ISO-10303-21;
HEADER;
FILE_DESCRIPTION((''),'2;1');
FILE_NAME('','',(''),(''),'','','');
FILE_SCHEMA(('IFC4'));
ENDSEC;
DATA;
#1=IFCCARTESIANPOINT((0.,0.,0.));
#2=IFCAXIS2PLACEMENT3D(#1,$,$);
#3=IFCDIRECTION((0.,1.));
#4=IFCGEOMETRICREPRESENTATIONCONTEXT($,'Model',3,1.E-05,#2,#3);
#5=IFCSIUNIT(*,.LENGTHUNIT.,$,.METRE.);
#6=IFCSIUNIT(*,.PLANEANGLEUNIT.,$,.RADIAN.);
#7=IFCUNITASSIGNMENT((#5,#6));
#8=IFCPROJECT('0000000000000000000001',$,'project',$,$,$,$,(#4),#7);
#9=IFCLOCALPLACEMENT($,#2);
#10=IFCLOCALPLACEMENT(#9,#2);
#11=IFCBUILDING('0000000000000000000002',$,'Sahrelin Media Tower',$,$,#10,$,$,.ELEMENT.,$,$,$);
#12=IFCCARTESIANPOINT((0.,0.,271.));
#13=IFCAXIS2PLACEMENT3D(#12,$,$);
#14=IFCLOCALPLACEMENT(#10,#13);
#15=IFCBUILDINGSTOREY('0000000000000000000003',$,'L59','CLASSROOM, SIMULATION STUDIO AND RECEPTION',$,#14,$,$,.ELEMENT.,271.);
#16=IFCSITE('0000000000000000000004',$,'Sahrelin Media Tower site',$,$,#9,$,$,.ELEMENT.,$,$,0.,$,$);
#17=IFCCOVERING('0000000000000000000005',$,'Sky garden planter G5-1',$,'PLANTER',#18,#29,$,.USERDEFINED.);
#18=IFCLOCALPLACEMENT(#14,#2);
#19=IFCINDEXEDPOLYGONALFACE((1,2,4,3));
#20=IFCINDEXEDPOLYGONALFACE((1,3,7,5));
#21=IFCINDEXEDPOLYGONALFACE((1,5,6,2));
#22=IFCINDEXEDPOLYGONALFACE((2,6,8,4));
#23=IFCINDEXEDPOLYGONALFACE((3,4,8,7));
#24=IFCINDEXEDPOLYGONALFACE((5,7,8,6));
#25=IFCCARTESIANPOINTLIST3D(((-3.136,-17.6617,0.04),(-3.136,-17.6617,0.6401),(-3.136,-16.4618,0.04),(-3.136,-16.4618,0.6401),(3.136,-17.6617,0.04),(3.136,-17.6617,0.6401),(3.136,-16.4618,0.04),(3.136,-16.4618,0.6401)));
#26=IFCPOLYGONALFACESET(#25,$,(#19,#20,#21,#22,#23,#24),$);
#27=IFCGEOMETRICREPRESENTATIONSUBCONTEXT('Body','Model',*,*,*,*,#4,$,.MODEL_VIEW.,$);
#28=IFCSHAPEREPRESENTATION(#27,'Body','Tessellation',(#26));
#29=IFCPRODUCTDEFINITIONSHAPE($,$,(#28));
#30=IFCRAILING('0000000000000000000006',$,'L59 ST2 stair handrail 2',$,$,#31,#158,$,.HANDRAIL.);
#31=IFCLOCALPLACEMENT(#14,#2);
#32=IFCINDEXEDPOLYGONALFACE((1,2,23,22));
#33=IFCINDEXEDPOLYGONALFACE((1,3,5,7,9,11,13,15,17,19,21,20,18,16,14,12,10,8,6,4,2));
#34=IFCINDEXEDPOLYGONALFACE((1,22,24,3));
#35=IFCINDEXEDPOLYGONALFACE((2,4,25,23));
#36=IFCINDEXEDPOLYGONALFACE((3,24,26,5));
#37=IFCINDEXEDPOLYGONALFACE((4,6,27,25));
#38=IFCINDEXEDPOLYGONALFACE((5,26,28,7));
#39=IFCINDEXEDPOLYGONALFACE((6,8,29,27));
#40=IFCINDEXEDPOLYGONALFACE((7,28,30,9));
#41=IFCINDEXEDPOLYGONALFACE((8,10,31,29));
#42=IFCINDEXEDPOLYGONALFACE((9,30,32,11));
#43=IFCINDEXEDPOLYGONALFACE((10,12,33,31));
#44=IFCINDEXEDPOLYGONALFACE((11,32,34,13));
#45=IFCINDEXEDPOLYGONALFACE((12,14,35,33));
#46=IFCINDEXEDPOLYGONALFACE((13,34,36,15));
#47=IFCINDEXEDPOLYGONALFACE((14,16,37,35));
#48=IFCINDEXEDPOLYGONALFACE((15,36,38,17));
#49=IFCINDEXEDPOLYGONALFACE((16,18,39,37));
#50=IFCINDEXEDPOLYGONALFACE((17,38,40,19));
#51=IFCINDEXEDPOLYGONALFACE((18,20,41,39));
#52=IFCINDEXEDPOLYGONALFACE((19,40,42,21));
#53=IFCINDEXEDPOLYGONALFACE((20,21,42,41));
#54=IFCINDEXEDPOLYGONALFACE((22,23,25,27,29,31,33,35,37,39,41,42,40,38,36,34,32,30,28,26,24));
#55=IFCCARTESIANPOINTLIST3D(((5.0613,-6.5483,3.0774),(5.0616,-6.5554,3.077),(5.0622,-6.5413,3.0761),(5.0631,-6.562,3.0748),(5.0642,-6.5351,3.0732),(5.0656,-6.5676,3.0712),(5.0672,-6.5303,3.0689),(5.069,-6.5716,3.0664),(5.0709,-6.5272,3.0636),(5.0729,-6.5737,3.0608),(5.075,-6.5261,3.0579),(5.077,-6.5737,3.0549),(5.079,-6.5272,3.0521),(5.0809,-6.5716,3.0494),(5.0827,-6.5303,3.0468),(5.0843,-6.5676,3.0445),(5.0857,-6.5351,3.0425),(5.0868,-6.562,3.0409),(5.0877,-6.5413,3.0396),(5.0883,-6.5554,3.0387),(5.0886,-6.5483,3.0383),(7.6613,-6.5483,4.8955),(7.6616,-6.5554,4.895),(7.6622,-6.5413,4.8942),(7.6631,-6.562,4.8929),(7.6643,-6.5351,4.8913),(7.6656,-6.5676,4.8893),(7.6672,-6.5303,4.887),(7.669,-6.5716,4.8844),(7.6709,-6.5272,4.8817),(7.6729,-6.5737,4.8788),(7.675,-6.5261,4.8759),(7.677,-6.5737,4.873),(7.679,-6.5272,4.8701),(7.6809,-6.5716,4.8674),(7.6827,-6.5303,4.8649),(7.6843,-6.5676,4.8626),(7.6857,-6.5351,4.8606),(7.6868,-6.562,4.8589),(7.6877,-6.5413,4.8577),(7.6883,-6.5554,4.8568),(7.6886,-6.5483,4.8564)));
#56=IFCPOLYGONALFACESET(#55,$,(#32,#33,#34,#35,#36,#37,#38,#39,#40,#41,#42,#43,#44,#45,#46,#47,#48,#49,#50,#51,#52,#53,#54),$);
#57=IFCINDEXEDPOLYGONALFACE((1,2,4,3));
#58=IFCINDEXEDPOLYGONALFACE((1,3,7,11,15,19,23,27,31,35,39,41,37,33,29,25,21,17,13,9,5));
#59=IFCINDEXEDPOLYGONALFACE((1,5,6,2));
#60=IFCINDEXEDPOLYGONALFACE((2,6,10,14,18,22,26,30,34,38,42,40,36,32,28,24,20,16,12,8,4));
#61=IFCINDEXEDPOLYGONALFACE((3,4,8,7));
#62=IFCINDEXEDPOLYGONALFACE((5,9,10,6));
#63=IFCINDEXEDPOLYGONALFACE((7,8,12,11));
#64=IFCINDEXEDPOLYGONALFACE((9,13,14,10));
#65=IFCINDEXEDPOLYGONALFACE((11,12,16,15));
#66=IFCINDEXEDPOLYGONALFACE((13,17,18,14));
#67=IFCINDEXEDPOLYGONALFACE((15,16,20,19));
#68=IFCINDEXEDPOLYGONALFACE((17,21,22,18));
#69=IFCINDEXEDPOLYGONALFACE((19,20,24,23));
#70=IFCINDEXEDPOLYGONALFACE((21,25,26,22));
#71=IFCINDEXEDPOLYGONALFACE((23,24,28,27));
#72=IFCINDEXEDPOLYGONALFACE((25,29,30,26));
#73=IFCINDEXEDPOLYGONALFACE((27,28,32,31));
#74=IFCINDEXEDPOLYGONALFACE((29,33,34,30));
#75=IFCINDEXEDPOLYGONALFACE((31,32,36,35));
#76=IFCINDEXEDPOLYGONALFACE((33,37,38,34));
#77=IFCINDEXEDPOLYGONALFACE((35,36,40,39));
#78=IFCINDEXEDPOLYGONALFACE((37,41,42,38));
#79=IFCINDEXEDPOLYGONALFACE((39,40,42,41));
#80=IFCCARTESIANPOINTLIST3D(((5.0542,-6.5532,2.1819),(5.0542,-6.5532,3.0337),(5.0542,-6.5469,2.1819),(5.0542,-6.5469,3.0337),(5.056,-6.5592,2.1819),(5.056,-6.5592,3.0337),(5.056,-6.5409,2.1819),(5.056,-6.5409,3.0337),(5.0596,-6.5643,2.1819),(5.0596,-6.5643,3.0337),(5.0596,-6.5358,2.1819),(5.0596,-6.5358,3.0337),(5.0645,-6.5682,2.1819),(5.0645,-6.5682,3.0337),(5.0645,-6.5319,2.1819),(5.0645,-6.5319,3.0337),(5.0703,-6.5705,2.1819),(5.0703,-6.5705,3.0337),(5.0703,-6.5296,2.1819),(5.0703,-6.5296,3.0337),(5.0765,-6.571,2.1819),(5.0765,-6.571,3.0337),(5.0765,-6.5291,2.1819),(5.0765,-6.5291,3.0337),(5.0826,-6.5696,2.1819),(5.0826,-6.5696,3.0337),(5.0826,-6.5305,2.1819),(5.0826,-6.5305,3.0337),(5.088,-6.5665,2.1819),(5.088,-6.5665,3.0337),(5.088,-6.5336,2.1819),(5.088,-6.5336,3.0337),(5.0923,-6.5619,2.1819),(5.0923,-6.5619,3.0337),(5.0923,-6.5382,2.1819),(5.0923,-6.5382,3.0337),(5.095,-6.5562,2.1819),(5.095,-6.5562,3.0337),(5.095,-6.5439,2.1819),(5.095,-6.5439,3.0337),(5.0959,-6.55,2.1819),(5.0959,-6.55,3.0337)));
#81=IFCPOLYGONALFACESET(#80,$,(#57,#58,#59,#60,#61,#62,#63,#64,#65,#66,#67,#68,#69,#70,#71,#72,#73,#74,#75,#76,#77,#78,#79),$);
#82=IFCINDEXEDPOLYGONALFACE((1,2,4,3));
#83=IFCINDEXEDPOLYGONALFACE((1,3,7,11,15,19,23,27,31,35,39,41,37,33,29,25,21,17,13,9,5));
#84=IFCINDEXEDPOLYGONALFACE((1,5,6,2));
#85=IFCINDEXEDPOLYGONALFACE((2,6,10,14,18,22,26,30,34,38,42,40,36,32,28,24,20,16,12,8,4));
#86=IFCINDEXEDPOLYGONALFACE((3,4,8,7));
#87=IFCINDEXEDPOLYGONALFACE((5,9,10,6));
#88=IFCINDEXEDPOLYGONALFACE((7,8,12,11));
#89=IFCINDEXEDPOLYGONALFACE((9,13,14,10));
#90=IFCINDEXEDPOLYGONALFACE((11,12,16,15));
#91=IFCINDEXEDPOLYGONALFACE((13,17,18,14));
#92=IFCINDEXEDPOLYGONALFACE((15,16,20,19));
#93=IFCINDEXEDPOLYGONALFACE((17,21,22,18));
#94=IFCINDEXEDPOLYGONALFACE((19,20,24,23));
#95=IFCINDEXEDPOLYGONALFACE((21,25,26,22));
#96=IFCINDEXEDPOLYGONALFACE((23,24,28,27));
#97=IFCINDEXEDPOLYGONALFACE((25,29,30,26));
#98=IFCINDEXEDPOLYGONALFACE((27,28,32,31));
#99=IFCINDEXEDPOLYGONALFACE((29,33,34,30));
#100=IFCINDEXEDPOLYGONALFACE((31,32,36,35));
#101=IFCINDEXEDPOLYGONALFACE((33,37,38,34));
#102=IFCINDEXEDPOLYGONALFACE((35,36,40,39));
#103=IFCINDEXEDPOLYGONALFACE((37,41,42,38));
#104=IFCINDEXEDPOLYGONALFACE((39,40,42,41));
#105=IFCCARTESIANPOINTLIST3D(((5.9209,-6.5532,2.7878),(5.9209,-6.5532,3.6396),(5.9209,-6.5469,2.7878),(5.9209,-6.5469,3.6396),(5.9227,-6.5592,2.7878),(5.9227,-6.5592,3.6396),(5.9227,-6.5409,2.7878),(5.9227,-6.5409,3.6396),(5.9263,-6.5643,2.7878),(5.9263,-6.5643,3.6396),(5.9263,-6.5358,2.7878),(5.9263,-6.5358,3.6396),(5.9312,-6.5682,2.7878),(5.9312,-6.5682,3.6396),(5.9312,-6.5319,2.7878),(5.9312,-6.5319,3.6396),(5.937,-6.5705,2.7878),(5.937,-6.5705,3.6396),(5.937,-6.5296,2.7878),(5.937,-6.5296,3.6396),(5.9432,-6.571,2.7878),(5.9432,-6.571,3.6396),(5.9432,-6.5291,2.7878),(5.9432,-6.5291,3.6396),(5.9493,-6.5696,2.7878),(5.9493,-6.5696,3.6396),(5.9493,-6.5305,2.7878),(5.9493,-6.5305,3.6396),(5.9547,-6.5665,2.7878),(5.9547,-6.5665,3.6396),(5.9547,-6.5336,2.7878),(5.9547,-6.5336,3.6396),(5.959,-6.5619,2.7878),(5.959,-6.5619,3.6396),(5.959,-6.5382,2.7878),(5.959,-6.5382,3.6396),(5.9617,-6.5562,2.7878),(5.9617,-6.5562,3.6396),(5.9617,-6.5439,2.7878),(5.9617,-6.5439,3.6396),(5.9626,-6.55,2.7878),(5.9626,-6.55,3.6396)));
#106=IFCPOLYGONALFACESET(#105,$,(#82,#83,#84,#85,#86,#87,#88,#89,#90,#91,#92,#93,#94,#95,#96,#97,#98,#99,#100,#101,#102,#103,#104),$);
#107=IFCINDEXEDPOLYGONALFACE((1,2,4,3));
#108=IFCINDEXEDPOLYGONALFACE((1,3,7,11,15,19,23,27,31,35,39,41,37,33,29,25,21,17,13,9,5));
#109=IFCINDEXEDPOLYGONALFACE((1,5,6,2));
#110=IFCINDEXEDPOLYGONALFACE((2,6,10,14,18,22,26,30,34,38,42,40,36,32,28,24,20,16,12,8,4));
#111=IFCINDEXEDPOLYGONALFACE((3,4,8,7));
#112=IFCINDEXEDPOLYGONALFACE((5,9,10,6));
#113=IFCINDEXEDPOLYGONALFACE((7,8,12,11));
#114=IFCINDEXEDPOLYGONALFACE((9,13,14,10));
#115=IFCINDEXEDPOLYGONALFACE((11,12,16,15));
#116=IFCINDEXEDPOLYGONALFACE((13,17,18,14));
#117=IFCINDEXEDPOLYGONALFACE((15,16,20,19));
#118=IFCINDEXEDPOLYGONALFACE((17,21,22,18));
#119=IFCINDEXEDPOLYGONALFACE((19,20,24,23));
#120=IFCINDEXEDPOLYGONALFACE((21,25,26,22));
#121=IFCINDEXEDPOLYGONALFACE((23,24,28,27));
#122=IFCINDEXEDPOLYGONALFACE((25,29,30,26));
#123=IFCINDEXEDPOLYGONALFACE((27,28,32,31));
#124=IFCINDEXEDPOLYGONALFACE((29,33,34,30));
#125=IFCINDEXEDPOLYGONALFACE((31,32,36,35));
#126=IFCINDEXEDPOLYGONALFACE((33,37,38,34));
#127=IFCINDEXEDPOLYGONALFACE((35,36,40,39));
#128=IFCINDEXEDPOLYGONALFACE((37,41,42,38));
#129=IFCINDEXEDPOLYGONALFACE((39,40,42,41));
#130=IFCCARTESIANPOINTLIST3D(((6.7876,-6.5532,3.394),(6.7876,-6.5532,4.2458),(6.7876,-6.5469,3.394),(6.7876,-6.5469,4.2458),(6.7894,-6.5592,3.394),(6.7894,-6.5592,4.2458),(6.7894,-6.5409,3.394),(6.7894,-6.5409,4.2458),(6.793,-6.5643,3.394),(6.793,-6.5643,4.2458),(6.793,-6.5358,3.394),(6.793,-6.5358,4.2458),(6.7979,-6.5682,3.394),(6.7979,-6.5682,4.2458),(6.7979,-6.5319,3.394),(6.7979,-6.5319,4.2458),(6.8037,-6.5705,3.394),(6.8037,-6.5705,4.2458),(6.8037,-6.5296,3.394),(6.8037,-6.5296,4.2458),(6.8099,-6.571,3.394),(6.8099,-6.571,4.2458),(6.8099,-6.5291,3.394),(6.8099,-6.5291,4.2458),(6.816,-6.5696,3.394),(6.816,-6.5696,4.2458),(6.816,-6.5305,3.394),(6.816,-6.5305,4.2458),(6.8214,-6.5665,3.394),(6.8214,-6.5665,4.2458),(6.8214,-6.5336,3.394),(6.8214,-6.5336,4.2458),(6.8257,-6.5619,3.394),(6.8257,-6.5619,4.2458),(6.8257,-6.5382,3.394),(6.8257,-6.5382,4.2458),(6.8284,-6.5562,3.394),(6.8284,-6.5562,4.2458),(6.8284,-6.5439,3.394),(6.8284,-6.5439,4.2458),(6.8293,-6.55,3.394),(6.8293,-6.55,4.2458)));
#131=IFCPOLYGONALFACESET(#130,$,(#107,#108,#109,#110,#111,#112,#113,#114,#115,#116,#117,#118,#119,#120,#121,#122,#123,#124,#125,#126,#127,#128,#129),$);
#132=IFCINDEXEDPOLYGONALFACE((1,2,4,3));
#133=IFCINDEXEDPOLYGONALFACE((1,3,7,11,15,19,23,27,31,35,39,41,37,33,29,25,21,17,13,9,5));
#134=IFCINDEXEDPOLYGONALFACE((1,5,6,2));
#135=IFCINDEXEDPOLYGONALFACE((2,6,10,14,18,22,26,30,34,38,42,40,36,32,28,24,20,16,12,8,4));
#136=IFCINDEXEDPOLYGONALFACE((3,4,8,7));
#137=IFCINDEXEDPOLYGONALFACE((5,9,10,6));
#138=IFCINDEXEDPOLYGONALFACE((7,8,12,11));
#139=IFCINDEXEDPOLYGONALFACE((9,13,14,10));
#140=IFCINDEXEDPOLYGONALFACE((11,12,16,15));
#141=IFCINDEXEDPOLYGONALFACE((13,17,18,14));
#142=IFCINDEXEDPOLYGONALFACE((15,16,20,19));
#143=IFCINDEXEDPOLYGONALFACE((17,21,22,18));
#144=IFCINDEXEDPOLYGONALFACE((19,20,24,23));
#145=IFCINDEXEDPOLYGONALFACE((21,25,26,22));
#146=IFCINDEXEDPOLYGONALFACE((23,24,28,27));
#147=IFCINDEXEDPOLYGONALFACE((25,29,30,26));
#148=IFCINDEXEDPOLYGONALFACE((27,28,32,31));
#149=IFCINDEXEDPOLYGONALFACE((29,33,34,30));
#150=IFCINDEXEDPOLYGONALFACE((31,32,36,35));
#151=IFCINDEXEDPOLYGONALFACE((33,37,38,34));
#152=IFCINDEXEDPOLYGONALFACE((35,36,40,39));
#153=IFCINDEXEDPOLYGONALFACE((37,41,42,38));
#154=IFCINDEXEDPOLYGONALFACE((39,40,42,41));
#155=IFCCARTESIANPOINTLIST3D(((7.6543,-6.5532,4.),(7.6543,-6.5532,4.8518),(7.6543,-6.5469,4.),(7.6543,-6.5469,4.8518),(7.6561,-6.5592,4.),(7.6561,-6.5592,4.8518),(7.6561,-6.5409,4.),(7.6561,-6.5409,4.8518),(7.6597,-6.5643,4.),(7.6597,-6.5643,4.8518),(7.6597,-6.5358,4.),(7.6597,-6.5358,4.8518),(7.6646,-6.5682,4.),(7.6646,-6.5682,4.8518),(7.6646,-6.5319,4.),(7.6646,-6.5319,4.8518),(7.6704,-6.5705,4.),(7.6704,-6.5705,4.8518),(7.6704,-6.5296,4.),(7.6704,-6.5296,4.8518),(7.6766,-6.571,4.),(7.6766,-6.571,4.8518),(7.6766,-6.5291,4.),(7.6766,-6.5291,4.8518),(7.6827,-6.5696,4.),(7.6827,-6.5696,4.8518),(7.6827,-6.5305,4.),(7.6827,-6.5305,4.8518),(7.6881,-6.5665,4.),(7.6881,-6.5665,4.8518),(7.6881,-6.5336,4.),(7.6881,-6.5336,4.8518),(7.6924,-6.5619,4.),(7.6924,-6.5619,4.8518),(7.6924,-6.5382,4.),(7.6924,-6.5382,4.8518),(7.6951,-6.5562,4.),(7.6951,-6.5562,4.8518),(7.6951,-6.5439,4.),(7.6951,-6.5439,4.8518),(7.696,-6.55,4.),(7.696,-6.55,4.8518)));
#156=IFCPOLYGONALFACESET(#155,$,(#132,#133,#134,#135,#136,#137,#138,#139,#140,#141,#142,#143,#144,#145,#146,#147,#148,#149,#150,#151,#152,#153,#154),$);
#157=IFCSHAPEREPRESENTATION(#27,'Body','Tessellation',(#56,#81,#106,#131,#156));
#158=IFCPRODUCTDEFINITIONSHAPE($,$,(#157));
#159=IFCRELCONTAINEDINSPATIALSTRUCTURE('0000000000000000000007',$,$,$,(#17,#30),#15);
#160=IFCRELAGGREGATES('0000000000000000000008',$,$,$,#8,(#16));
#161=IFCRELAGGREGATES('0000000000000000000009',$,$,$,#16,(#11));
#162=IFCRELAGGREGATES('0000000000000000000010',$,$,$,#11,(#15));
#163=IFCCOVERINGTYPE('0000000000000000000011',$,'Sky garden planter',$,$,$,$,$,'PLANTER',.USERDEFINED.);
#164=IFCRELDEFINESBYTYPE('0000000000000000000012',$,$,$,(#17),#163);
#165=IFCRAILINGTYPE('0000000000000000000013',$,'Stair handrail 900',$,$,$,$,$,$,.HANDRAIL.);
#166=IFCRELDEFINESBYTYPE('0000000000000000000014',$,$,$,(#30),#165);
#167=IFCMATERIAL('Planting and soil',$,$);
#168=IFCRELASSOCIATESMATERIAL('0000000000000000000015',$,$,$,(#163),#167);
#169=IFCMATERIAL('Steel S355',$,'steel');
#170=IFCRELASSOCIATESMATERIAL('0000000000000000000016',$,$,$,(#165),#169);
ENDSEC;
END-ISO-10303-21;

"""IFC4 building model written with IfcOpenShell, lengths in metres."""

from ifc_helpers import new_model, si_unit, direction, frame, origin, origin_2d, place, context, subcontext, project, spatial, rectangle, circle, extrude, material, type_object, element, save


model = new_model("IFC4")

# Units and contexts
model_context = context("Model", 3, precision=1e-05, world=origin(), true_north=direction((0.0, 1.0)))
body_context = subcontext(model_context, "Body", "Model", "MODEL_VIEW")
ifc_project = project(units=[si_unit("LENGTHUNIT", "METRE"), si_unit("PLANEANGLEUNIT", "RADIAN")], contexts=[model_context])

# Site, building, storey
site_placement = place(None, origin())
site = spatial("IfcSite", under=ifc_project, at=site_placement, Name="Sahrelin Media Tower site", CompositionType="ELEMENT", RefElevation=0.0)
building_placement = place(site_placement, origin())
building = spatial("IfcBuilding", under=site, at=building_placement, Name="Sahrelin Media Tower", CompositionType="ELEMENT")
storey_placement = place(building_placement, frame((0.0, 0.0, 271.0)))
storey = spatial("IfcBuildingStorey", under=building, at=storey_placement, Name="L59", Description="CLASSROOM, SIMULATION STUDIO AND RECEPTION", CompositionType="ELEMENT", Elevation=271.0)

# Shared definitions
ifc_material_1 = material(Name="Steel S355", Category="steel")

# Covering
ifc_material_2 = material(Name="Planting and soil")
covering_type = type_object("IfcCoveringType", Name="Sky garden planter", ElementType="PLANTER", PredefinedType="USERDEFINED", material=ifc_material_2)
covering_placement = place(storey_placement, frame((0.0, -17.0618, 0.04), z_axis=(0.0, 0.0, 1.0), x_axis=(1.0, 0.0, 0.0)))
element("IfcCovering", 1, at=covering_placement, inside=storey, type_object=covering_type, Name="Sky garden planter G5-1", ObjectType="PLANTER", PredefinedType="USERDEFINED", context=body_context, shape_type="SweptSolid", body=[
    extrude(rectangle(XDim=6.272, YDim=1.2, at=origin_2d()), origin(), (0.0, 0.0, 1.0), 0.6001),
])

# Railing
railing_type_1 = type_object("IfcRailingType", Name="Stair handrail 900", PredefinedType="HANDRAIL", material=ifc_material_1)
railing_1_placement = place(storey_placement, frame((5.075, -6.55, 2.1819)))
element("IfcRailing", 2, at=railing_1_placement, inside=storey, type_object=railing_type_1, Name="L59 ST2 stair handrail 2", PredefinedType="HANDRAIL", context=body_context, shape_type="SweptSolid", body=[
    extrude(circle(Radius=0.0239, at=origin_2d()), frame((0.0, 0.0, 0.876), z_axis=(0.819521, 0.0, 0.573049), x_axis=(0.0, 1.0, 0.0)), (0.0, 0.0, 1.0), 3.1726),
    extrude(circle(Radius=0.021, at=origin_2d()), origin(), (0.0, 0.0, 1.0), 0.8518),
    extrude(circle(Radius=0.021, at=origin_2d()), frame((0.8667, 0.0, 0.606)), (0.0, 0.0, 1.0), 0.8518),
    extrude(circle(Radius=0.021, at=origin_2d()), frame((1.7334, 0.0, 1.2122)), (0.0, 0.0, 1.0), 0.8518),
    extrude(circle(Radius=0.021, at=origin_2d()), frame((2.6001, 0.0, 1.8181)), (0.0, 0.0, 1.0), 0.8518),
])

save(model, "model.ifc")
